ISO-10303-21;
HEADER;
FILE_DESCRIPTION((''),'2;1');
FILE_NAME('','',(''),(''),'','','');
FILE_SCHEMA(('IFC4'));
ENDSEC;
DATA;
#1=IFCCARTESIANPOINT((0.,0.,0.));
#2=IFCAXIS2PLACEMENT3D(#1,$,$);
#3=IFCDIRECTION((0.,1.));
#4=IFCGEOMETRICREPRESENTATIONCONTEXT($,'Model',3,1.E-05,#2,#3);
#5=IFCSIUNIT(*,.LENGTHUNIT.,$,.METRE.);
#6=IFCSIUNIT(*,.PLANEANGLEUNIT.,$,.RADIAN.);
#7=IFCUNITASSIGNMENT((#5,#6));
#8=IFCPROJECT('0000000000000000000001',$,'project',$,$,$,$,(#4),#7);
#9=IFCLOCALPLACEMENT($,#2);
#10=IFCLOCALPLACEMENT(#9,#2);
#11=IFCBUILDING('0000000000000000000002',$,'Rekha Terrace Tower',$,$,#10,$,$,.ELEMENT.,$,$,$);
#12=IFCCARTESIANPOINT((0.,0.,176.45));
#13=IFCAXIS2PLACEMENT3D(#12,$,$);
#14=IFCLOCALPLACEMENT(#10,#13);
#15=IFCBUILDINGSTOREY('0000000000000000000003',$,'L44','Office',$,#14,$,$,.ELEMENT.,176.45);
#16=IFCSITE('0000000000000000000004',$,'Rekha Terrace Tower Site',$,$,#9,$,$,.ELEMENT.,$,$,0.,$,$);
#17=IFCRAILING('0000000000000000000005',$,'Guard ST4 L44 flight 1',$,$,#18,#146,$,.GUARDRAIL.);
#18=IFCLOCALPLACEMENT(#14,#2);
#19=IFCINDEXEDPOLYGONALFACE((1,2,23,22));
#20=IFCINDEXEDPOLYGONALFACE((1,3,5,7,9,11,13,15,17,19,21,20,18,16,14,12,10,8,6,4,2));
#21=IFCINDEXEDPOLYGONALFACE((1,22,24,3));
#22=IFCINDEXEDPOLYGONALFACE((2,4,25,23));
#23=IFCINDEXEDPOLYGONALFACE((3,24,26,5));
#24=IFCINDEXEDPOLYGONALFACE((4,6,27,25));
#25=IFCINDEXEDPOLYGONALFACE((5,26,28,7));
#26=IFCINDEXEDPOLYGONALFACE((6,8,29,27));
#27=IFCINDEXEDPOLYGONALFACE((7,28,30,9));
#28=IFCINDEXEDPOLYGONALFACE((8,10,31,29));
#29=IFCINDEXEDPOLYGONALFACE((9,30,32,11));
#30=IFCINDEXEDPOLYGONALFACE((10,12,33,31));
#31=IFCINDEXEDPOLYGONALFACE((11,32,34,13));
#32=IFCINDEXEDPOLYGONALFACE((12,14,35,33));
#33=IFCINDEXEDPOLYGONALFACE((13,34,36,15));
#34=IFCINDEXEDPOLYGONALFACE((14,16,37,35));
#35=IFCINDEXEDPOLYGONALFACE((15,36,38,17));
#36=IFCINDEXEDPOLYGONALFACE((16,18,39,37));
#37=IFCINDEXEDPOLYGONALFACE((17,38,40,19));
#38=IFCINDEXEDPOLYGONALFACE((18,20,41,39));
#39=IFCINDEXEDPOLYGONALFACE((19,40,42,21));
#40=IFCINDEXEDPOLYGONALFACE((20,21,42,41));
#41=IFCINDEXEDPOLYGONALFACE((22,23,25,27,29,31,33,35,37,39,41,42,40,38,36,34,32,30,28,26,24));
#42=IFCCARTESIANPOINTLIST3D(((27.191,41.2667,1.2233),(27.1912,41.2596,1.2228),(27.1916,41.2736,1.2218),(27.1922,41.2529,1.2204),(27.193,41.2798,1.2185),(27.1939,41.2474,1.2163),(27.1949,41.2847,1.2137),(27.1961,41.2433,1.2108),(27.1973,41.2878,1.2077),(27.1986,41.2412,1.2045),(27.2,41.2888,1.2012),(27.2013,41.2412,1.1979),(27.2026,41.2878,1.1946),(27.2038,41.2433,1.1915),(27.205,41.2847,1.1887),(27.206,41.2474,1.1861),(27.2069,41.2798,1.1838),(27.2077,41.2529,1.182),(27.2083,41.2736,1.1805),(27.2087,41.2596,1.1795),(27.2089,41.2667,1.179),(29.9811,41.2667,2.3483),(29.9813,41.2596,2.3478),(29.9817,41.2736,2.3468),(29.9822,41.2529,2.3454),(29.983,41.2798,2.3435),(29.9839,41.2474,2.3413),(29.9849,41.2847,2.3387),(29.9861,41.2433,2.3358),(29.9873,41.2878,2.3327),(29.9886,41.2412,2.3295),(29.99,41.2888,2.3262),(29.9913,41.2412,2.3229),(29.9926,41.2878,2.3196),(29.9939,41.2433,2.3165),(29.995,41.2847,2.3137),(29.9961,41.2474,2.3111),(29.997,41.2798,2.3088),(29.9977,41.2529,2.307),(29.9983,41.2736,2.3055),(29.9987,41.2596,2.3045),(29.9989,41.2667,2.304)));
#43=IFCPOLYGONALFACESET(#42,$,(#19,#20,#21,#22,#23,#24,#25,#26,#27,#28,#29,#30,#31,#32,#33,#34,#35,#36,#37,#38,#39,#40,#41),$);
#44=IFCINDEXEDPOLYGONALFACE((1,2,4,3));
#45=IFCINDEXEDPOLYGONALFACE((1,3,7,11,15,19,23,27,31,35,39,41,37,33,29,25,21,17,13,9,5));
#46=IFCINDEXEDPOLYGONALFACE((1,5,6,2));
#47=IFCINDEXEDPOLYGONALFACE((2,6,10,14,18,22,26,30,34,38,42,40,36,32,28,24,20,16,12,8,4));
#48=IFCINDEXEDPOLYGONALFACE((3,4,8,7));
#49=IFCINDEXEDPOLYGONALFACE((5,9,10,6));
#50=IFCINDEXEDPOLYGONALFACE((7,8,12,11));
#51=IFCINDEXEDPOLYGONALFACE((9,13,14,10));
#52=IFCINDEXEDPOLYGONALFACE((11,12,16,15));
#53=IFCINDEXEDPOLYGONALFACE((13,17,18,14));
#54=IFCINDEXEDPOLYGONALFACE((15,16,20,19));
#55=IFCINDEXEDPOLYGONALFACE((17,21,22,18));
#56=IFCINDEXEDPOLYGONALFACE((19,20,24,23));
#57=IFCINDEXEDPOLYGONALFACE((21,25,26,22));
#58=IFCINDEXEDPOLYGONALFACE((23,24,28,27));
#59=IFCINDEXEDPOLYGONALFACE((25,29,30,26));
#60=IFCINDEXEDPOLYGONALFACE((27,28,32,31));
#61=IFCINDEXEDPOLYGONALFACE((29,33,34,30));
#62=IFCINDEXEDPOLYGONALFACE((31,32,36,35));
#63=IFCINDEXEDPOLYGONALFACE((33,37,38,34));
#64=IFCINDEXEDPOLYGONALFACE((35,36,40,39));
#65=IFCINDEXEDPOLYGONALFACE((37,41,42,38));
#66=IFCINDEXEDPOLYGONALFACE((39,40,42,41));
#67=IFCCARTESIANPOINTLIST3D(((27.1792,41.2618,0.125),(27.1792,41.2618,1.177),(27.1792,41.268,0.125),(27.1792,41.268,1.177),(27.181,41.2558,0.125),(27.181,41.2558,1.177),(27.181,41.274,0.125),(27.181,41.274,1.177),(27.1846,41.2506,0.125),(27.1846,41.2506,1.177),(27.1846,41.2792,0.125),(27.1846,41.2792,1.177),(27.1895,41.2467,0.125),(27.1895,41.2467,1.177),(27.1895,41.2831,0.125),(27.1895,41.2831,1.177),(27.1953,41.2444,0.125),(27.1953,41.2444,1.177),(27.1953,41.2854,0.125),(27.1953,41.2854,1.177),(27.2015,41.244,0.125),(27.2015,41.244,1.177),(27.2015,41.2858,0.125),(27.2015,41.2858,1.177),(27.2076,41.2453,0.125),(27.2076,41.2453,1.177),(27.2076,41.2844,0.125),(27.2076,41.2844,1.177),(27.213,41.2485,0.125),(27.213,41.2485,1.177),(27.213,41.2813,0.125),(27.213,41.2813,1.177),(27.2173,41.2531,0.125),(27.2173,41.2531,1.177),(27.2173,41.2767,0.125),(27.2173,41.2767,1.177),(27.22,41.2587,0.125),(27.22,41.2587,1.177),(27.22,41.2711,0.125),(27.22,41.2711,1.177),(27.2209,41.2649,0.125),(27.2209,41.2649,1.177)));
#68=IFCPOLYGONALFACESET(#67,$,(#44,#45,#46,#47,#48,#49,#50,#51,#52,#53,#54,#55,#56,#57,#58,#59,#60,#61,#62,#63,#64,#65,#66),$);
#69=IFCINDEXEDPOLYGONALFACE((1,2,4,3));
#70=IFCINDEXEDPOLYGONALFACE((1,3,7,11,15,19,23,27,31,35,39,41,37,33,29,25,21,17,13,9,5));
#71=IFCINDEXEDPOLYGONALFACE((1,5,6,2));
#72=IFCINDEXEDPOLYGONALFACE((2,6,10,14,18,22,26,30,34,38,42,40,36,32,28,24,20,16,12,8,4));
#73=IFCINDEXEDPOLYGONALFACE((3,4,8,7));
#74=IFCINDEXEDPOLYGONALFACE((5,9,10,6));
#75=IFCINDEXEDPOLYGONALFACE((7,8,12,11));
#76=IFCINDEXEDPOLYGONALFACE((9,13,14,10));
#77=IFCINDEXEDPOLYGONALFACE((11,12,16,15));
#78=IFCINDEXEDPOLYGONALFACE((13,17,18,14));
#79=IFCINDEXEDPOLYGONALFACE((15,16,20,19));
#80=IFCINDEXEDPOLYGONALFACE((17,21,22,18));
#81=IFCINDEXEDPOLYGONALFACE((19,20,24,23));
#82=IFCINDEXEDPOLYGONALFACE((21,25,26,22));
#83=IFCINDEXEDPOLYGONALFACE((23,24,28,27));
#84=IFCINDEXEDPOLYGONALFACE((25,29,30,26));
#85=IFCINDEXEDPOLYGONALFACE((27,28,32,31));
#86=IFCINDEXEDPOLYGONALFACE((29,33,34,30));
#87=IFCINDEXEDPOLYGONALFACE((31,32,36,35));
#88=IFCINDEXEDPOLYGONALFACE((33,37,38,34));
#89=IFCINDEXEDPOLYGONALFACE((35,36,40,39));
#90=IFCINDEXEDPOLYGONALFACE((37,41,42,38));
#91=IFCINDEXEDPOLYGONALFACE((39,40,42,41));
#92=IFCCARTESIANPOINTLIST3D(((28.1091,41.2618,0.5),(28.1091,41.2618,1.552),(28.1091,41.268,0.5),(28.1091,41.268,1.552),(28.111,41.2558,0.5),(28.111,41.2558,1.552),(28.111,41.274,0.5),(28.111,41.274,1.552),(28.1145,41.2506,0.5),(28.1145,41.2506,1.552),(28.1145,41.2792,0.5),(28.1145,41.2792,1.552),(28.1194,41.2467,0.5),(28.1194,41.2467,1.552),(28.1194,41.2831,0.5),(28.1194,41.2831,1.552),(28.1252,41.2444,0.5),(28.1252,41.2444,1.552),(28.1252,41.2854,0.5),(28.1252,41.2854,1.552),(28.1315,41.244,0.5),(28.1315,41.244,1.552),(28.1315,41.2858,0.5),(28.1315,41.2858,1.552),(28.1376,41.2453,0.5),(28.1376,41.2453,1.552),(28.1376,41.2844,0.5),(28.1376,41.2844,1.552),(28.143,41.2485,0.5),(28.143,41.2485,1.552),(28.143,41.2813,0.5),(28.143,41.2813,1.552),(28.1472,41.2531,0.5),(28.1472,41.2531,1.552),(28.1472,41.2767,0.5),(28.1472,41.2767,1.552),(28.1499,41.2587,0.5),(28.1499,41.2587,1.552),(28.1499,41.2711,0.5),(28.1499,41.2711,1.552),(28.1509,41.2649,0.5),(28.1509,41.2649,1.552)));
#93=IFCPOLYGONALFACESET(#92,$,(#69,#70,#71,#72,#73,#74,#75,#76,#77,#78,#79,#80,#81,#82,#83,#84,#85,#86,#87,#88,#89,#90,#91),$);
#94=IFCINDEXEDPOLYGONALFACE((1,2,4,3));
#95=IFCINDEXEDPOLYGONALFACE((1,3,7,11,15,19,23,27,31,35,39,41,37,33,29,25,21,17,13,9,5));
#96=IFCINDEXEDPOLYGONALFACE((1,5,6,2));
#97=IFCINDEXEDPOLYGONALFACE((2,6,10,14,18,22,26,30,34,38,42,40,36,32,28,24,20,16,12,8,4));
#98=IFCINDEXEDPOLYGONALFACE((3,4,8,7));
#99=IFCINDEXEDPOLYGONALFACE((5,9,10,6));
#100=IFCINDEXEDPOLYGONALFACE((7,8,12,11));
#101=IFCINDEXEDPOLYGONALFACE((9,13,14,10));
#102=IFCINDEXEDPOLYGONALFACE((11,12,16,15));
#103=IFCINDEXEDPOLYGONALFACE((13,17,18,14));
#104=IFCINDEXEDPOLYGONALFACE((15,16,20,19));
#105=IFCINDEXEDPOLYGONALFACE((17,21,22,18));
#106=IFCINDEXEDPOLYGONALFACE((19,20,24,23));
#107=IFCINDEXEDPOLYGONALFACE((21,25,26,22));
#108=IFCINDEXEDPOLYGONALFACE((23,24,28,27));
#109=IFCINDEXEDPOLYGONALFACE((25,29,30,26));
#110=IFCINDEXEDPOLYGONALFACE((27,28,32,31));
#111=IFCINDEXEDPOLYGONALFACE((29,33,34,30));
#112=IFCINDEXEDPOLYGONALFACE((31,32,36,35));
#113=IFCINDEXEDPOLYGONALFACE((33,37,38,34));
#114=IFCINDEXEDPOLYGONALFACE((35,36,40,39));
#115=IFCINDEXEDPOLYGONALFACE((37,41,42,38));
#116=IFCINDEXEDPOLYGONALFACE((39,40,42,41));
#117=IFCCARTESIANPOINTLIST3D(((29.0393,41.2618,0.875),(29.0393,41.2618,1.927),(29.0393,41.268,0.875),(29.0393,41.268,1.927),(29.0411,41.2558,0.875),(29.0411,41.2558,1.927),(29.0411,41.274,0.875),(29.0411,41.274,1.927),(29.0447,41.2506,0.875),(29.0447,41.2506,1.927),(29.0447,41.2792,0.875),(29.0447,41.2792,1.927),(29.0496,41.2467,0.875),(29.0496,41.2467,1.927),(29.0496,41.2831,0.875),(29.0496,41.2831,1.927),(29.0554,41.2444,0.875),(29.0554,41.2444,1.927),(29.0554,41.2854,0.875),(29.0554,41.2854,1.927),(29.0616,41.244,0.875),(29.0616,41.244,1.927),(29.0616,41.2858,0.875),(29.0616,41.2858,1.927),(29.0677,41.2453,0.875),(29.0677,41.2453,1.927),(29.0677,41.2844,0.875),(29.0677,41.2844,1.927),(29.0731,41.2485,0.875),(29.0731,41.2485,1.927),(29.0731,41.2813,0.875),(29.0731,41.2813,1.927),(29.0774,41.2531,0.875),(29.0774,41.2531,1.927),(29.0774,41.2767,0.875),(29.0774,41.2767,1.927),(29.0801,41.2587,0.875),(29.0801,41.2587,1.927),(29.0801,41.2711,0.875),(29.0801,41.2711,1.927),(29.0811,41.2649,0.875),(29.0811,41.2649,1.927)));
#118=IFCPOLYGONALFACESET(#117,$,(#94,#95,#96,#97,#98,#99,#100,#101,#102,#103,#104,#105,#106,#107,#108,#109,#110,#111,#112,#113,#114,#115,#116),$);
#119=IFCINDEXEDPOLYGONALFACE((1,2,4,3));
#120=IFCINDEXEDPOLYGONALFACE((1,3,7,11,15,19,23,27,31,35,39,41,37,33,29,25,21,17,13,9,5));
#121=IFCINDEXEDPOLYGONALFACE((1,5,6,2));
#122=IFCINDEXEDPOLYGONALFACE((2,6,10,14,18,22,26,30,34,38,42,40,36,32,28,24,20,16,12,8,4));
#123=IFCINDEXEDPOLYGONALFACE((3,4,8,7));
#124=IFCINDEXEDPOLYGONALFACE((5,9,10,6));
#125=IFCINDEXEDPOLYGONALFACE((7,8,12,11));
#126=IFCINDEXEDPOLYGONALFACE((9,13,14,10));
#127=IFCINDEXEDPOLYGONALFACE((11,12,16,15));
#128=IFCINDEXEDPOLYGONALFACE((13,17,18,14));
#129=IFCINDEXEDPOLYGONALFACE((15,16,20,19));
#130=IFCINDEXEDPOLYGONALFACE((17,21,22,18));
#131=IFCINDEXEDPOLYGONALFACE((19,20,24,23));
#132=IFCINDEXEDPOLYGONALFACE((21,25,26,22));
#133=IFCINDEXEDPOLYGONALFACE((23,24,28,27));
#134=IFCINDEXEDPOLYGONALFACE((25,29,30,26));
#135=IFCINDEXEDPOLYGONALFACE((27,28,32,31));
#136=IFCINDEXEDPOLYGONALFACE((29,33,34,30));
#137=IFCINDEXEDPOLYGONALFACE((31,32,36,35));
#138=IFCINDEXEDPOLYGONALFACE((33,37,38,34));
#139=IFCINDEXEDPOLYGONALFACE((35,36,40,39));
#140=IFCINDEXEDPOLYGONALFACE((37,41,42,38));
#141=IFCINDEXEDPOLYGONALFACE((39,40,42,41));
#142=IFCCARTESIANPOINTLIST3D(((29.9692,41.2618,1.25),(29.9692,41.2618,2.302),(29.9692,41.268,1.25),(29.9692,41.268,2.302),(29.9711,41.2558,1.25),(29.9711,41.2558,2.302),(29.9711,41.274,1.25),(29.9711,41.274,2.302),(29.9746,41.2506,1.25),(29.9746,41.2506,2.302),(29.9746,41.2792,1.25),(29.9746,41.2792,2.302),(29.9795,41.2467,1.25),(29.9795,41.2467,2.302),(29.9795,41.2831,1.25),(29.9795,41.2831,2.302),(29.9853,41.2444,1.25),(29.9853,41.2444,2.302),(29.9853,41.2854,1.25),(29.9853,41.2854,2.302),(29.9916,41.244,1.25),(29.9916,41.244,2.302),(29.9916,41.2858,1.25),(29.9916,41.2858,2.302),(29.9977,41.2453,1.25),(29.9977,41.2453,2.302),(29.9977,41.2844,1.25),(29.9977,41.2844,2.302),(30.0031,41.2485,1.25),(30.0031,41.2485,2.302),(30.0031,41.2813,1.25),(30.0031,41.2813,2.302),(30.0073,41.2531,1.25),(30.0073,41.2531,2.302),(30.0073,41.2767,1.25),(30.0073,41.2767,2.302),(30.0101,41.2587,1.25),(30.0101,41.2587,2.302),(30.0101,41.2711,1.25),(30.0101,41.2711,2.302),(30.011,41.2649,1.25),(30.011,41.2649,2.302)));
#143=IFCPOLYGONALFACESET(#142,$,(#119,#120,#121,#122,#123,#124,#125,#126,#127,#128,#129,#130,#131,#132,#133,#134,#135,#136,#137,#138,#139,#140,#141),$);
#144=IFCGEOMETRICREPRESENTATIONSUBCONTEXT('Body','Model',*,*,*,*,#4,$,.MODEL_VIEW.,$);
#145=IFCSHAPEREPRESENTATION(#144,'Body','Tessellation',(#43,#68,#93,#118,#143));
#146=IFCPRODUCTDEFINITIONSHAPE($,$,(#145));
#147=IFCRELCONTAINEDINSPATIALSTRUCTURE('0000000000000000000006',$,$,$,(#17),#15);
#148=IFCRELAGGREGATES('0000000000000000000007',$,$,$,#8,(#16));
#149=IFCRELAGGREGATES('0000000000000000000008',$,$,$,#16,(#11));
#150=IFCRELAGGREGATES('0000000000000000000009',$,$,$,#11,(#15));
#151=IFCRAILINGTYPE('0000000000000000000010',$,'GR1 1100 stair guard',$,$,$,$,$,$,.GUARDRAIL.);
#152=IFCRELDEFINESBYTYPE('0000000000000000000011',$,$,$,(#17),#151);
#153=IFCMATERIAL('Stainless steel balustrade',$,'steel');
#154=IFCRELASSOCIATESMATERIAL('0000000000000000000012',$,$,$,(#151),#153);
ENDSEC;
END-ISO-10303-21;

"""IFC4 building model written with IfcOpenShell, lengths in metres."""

from ifc_helpers import new_model, si_unit, direction, frame, origin, origin_2d, place, context, subcontext, project, spatial, circle, extrude, material, type_object, element, save


model = new_model("IFC4")

# Units and contexts
model_context = context("Model", 3, precision=1e-05, world=origin(), true_north=direction((0.0, 1.0)))
body_context = subcontext(model_context, "Body", "Model", "MODEL_VIEW")
ifc_project = project(units=[si_unit("LENGTHUNIT", "METRE"), si_unit("PLANEANGLEUNIT", "RADIAN")], contexts=[model_context])

# Site, building, storey
site_placement = place(None, origin())
site = spatial("IfcSite", under=ifc_project, at=site_placement, Name="Rekha Terrace Tower Site", CompositionType="ELEMENT", RefElevation=0.0)
building_placement = place(site_placement, origin())
building = spatial("IfcBuilding", under=site, at=building_placement, Name="Rekha Terrace Tower", CompositionType="ELEMENT")
storey_placement = place(building_placement, frame((0.0, 0.0, 176.45)))
storey = spatial("IfcBuildingStorey", under=building, at=storey_placement, Name="L44", Description="Office", CompositionType="ELEMENT", Elevation=176.45)

# Railing
ifc_material_1 = material(Name="Stainless steel balustrade", Category="steel")
railing_type_1 = type_object("IfcRailingType", Name="GR1 1100 stair guard", PredefinedType="GUARDRAIL", material=ifc_material_1)
railing_1_placement = place(storey_placement, frame((27.2, 41.2649, 0.125)))
element("IfcRailing", 1, at=railing_1_placement, inside=storey, type_object=railing_type_1, Name="Guard ST4 L44 flight 1", PredefinedType="GUARDRAIL", context=body_context, shape_type="SweptSolid", body=[
    extrude(circle(Radius=0.0239, at=origin_2d()), frame((0.0, 0.0, 1.0762), z_axis=(0.927443, 0.0, 0.373964), x_axis=(0.0, 1.0, 0.0)), (0.0, 0.0, 1.0), 3.0083),
    extrude(circle(Radius=0.021, at=origin_2d()), origin(), (0.0, 0.0, 1.0), 1.052),
    extrude(circle(Radius=0.021, at=origin_2d()), frame((0.9299, 0.0, 0.375)), (0.0, 0.0, 1.0), 1.052),
    extrude(circle(Radius=0.021, at=origin_2d()), frame((1.8601, 0.0, 0.75)), (0.0, 0.0, 1.0), 1.052),
    extrude(circle(Radius=0.021, at=origin_2d()), frame((2.79, 0.0, 1.125)), (0.0, 0.0, 1.0), 1.052),
])

save(model, "model.ifc")
